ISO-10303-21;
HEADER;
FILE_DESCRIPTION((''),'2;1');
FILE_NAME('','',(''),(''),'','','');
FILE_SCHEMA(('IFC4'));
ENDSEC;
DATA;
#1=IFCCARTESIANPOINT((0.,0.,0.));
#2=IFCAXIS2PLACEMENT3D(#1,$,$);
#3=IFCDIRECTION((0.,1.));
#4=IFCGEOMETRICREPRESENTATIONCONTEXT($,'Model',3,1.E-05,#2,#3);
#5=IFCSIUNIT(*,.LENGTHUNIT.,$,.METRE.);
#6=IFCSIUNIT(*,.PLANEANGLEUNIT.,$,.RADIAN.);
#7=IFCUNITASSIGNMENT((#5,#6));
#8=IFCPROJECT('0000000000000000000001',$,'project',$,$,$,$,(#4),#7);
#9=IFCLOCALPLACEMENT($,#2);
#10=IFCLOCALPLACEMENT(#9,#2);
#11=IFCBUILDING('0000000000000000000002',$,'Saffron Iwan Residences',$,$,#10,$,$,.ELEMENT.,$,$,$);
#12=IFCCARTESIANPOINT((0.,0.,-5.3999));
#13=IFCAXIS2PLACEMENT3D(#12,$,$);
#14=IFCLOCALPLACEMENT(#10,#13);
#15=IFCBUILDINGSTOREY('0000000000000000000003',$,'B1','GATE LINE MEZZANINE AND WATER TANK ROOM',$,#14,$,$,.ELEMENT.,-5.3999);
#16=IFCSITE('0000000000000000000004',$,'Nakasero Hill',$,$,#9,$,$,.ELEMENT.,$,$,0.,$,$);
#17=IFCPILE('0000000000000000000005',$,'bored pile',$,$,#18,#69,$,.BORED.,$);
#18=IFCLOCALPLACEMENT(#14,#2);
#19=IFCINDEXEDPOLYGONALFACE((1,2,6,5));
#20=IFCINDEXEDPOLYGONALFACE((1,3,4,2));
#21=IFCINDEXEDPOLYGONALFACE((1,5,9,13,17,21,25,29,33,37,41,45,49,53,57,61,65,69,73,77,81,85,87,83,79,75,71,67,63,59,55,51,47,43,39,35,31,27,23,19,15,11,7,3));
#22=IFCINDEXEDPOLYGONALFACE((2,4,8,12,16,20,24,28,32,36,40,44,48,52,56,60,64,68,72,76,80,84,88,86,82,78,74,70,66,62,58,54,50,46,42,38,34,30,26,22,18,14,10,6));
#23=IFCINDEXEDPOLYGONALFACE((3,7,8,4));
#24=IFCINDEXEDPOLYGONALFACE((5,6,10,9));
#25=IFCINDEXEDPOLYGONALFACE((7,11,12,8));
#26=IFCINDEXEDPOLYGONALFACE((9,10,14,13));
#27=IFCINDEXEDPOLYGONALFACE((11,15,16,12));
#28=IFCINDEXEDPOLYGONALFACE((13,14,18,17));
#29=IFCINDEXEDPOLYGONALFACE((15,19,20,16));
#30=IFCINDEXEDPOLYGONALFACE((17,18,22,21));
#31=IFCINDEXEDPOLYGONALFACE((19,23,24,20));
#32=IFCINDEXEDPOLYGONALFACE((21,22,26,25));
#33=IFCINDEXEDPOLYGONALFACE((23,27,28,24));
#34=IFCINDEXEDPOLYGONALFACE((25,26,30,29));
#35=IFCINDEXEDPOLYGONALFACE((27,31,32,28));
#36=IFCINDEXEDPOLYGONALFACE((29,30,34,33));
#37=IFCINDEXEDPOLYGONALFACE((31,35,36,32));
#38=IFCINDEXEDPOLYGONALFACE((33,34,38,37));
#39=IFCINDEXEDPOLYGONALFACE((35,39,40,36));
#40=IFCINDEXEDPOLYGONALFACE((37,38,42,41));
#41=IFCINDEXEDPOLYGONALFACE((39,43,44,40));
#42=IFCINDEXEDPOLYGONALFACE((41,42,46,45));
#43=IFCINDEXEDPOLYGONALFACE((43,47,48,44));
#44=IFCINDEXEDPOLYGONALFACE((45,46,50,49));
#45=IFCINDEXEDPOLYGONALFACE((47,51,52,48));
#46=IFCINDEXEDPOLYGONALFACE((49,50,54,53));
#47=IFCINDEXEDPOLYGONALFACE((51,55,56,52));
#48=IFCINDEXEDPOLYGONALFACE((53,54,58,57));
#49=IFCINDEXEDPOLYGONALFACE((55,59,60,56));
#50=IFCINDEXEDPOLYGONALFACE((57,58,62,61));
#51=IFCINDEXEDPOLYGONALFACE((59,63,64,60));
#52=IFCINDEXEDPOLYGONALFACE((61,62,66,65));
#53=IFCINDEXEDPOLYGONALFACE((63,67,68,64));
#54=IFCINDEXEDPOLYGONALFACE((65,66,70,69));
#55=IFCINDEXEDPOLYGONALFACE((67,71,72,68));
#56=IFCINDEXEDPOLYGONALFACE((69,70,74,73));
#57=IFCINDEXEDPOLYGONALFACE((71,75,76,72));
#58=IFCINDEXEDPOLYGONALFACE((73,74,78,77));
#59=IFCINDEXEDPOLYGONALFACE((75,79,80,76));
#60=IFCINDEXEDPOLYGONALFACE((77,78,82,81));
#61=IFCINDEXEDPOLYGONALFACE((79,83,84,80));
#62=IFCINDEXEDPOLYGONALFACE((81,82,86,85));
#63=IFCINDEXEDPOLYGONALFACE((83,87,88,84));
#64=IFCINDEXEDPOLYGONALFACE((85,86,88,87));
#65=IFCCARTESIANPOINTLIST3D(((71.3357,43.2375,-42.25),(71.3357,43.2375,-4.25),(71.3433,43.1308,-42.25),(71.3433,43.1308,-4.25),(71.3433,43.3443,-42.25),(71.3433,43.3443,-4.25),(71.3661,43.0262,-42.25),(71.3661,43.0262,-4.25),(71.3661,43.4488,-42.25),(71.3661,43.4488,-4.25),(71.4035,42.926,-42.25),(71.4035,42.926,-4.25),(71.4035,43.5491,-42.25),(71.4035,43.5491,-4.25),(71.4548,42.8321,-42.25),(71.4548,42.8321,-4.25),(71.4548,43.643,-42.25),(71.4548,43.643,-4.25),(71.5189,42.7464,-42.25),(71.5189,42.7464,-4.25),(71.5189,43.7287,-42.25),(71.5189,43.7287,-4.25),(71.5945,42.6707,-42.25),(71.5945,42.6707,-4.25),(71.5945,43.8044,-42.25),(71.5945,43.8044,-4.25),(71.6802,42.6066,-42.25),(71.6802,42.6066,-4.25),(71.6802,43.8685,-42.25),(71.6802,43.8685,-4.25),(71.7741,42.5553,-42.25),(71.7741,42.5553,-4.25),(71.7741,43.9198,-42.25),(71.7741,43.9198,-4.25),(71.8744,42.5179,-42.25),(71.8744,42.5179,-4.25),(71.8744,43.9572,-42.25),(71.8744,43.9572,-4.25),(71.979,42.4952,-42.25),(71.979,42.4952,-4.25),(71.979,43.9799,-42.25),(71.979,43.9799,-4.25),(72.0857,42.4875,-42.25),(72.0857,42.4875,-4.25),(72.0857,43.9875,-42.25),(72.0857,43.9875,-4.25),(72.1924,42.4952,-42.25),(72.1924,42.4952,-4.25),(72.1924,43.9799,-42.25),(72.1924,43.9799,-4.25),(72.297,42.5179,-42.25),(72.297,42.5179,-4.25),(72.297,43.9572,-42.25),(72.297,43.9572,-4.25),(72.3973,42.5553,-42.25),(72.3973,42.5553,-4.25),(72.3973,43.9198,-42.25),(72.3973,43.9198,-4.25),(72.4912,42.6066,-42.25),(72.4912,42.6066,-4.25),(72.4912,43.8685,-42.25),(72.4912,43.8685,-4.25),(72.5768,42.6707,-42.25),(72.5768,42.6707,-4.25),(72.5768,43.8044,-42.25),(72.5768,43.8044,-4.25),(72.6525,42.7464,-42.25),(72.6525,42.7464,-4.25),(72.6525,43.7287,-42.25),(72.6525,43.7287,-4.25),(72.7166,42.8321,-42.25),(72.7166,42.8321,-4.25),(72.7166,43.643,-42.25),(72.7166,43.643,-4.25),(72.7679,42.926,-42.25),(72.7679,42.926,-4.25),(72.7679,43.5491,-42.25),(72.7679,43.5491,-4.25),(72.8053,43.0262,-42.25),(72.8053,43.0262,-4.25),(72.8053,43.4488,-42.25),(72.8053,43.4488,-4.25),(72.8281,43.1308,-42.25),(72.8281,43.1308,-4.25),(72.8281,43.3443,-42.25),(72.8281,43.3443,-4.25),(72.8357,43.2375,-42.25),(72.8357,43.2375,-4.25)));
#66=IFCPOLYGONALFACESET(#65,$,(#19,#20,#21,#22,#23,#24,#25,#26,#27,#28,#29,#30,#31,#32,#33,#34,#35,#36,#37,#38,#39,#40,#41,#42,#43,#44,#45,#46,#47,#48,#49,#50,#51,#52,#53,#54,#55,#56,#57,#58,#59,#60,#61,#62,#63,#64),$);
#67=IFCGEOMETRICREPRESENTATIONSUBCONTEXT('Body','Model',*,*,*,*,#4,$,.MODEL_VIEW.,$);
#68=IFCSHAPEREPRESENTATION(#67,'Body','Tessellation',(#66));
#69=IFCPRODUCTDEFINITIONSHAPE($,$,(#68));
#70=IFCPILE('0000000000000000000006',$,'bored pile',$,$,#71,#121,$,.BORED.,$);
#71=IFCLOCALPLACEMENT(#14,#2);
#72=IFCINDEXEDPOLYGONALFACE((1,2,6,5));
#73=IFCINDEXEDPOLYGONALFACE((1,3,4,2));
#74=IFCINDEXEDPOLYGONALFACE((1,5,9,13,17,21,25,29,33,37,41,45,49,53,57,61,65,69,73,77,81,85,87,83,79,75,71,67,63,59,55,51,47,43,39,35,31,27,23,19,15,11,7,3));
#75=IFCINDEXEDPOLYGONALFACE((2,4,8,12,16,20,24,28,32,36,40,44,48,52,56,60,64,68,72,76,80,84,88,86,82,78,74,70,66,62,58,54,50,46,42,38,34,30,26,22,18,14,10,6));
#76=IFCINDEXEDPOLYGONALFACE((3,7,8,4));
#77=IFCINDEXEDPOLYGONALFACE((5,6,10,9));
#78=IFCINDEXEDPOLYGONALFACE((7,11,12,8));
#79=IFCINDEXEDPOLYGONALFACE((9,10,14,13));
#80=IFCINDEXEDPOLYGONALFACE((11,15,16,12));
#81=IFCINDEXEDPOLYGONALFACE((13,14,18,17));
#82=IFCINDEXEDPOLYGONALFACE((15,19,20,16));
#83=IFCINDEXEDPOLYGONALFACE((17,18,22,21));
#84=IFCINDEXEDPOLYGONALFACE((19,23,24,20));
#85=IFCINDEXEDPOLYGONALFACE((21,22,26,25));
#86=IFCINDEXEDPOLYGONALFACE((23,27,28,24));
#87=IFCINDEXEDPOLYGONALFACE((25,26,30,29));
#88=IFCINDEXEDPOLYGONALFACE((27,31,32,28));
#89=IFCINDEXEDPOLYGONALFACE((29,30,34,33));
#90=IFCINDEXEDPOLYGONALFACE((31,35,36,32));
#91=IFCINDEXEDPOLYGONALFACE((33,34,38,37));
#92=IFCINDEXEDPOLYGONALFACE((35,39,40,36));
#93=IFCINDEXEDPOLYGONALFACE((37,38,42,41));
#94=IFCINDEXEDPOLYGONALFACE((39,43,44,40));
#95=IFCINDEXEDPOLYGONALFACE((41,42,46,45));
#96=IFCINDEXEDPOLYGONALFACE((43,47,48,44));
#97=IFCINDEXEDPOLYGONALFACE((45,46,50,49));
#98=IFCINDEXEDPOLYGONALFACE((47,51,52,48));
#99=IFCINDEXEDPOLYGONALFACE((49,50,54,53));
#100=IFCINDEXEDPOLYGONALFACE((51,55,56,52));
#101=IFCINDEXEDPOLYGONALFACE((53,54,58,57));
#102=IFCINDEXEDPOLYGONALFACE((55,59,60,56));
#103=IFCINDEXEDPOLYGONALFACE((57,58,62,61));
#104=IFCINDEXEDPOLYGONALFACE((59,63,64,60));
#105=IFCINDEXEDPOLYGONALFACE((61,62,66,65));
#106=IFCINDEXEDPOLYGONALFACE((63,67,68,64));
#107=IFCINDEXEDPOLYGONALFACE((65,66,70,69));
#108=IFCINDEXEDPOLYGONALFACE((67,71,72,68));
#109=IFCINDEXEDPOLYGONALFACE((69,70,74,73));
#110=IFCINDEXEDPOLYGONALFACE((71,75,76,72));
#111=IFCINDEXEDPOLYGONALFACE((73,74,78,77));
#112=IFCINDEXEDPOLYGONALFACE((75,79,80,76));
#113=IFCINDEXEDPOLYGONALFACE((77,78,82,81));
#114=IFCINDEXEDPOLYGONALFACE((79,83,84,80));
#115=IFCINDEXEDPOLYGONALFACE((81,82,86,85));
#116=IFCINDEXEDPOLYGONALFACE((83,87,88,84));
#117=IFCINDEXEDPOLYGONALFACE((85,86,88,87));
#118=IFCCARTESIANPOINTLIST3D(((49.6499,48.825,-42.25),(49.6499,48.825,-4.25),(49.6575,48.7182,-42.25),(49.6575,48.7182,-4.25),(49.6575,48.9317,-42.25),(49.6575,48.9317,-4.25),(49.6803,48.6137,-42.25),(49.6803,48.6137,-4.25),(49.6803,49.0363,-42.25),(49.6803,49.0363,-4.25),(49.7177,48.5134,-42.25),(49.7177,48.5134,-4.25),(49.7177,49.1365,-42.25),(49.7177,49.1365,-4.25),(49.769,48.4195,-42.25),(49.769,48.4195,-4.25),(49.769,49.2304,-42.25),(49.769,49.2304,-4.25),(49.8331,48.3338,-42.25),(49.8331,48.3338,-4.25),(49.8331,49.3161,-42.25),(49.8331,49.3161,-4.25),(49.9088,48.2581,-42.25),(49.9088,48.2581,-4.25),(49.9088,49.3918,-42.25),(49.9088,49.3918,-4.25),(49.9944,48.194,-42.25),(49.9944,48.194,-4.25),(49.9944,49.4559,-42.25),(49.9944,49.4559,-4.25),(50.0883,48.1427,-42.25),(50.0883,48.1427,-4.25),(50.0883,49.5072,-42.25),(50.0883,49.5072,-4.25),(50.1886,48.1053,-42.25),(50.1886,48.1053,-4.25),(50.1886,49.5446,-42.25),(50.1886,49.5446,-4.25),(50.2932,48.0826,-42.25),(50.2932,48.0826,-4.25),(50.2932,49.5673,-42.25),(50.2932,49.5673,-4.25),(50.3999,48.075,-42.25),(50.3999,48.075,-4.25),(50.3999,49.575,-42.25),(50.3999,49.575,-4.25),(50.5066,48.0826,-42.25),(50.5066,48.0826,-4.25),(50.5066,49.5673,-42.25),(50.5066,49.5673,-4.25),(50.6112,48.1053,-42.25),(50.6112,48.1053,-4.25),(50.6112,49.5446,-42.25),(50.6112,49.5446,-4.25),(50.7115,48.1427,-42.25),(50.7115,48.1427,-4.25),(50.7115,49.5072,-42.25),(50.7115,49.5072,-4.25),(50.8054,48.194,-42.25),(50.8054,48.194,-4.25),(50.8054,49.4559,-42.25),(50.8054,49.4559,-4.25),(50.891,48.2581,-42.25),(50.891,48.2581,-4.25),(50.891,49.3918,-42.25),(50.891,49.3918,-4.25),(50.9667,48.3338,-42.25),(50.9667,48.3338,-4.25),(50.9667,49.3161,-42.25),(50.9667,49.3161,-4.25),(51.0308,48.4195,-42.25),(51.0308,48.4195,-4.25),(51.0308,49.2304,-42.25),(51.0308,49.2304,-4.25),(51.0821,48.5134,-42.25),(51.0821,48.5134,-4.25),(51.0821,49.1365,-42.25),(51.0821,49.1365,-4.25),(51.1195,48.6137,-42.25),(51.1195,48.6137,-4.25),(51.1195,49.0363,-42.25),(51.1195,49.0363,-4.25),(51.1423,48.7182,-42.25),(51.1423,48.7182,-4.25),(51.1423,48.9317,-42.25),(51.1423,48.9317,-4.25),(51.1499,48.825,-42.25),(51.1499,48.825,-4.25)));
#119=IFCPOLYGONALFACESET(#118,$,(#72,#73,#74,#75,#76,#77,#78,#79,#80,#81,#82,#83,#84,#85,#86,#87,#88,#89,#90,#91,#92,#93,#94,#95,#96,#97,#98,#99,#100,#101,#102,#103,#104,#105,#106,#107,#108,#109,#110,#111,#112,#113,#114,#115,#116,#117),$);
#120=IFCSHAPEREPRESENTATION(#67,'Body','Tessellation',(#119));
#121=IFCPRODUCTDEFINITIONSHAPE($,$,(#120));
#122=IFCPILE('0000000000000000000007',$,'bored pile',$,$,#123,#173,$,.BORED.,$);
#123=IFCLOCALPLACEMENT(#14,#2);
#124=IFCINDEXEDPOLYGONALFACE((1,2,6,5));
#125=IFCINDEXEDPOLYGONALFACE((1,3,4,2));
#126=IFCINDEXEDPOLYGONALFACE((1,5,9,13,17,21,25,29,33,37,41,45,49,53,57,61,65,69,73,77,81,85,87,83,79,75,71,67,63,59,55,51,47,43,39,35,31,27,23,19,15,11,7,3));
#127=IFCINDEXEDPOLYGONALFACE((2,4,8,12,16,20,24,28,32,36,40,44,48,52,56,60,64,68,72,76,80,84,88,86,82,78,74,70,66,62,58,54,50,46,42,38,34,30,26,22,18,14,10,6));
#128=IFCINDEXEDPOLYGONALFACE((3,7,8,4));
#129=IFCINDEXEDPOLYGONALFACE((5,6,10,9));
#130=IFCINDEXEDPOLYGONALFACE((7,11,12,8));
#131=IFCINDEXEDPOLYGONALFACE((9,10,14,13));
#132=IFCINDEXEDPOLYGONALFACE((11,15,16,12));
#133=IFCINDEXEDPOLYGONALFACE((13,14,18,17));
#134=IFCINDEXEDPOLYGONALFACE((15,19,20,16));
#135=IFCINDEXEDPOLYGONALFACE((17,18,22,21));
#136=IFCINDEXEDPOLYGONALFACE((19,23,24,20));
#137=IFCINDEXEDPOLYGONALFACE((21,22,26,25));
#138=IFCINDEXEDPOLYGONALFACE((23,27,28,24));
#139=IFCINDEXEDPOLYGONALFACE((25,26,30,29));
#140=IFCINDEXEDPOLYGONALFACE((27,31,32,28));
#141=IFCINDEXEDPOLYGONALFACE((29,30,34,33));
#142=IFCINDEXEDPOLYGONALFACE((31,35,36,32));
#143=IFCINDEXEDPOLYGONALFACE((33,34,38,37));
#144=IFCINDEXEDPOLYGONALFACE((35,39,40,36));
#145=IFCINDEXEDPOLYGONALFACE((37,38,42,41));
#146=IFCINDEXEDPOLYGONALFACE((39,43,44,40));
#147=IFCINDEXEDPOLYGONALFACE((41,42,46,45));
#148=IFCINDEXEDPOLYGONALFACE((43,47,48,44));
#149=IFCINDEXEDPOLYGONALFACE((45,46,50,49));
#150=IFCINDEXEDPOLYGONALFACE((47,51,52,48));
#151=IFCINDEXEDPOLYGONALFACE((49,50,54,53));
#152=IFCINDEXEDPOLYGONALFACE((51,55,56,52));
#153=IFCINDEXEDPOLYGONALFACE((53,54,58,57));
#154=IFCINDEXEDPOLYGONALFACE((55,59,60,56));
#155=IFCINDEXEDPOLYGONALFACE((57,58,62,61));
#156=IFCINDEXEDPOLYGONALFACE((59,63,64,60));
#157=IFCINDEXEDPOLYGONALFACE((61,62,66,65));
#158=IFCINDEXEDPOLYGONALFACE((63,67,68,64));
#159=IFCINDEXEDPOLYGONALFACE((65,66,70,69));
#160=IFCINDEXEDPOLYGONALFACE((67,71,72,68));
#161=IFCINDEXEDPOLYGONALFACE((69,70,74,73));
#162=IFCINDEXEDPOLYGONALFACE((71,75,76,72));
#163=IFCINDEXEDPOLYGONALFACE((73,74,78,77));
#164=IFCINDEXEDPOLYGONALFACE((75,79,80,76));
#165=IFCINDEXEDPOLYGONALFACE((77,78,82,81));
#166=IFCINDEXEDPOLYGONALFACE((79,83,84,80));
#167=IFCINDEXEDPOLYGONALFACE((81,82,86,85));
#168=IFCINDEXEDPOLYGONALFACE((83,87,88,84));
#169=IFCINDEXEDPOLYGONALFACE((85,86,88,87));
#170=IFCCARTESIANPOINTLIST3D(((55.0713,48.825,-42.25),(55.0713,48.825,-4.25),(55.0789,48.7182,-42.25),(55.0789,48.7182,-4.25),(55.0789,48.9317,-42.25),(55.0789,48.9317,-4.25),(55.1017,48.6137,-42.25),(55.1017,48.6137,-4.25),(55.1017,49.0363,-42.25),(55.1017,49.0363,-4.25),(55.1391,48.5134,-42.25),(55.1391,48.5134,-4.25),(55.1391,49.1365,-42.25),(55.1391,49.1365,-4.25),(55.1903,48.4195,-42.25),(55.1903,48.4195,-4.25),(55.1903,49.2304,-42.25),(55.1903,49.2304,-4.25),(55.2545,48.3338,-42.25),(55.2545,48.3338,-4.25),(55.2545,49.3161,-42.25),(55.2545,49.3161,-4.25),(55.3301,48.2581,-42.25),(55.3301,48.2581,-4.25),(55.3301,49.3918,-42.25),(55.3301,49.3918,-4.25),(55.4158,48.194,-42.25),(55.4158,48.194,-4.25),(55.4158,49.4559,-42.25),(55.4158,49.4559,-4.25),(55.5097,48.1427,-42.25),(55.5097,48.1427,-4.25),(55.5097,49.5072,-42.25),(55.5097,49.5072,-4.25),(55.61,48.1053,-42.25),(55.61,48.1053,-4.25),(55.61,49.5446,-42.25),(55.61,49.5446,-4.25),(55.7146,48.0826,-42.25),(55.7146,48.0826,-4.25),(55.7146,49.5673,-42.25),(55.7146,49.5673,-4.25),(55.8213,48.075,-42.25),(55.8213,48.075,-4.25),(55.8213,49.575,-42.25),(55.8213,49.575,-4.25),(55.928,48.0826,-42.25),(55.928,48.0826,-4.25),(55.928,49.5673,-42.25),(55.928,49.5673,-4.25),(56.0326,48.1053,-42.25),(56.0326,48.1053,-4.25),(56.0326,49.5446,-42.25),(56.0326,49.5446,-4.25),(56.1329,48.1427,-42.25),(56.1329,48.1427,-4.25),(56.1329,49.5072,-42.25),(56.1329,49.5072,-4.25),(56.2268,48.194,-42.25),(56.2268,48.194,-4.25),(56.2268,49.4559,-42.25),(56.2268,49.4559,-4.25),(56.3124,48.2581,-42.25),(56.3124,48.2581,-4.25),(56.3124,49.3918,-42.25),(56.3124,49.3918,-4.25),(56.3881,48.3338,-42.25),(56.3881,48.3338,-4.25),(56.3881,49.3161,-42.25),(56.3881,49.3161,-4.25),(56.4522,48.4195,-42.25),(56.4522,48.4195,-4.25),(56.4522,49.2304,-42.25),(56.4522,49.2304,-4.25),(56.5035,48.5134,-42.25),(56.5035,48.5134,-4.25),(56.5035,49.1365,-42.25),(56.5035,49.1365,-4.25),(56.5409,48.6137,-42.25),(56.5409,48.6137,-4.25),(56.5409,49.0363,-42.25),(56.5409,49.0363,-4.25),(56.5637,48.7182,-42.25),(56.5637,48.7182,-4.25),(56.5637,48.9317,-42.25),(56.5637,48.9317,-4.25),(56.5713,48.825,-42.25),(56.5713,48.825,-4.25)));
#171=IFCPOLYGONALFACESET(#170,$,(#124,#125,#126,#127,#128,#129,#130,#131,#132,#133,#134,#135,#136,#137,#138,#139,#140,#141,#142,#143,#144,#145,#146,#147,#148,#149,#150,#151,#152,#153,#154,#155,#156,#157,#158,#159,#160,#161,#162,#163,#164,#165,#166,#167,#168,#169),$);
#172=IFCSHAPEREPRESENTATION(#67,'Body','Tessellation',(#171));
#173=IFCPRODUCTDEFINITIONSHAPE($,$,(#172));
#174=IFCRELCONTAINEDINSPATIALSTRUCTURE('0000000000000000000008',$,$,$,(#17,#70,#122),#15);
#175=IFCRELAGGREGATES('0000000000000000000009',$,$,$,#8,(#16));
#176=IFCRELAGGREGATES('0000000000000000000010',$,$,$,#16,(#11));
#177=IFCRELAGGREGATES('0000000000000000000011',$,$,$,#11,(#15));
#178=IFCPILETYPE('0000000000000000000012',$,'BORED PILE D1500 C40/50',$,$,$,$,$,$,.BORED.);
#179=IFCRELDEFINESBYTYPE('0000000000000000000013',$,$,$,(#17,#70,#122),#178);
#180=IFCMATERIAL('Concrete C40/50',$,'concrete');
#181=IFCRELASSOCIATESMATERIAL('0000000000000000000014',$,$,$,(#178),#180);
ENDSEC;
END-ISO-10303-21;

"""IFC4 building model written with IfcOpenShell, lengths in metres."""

from ifc_helpers import new_model, si_unit, direction, frame, origin, origin_2d, place, context, subcontext, project, spatial, circle, extrude, material, material_profile, profile_set, type_object, element, save


model = new_model("IFC4")

# Units and contexts
model_context = context("Model", 3, precision=1e-05, world=origin(), true_north=direction((0.0, 1.0)))
body_context = subcontext(model_context, "Body", "Model", "MODEL_VIEW")
ifc_project = project(units=[si_unit("LENGTHUNIT", "METRE"), si_unit("PLANEANGLEUNIT", "RADIAN")], contexts=[model_context])

# Site, building, storey
site_placement = place(None, origin())
site = spatial("IfcSite", under=ifc_project, at=site_placement, Name="Nakasero Hill", CompositionType="ELEMENT", RefElevation=0.0)
building_placement = place(site_placement, origin())
building = spatial("IfcBuilding", under=site, at=building_placement, Name="Saffron Iwan Residences", CompositionType="ELEMENT")
storey_placement = place(building_placement, frame((0.0, 0.0, -5.3999)))
storey = spatial("IfcBuildingStorey", under=building, at=storey_placement, Name="B1", Description="GATE LINE MEZZANINE AND WATER TANK ROOM", CompositionType="ELEMENT", Elevation=-5.3999)

# Piles
ifc_material_1 = material(Name="Concrete C40/50", Category="concrete")
ifc_material_profile_1 = material_profile(ifc_material_1, circle(Radius=0.75, at=origin_2d()), Name="RC D1500")
ifc_profile_set_1 = profile_set([ifc_material_profile_1], Name="Concrete C40/50")
pile_type = type_object("IfcPileType", Name="BORED PILE D1500 C40/50", PredefinedType="BORED", material=ifc_profile_set_1)
for number, where, z_axis, x_axis, name in (
    (1, (72.0857, 43.2375, -4.25), (0.0, 0.0, -1.0), (1.0, 0.0, 0.0), "bored pile"),
    (2, (50.3999, 48.825, -4.25), (0.0, 0.0, -1.0), (1.0, 0.0, 0.0), "bored pile"),
    (3, (55.8213, 48.825, -4.25), (0.0, 0.0, -1.0), (1.0, 0.0, 0.0), "bored pile"),
):
    element("IfcPile", number, at=place(storey_placement, frame(where, z_axis=z_axis, x_axis=x_axis)), inside=storey, type_object=pile_type, Name=name, PredefinedType="BORED", context=body_context, shape_type="SweptSolid", body=[
        extrude(circle(Radius=0.75, at=origin_2d()), origin(), (0.0, 0.0, 1.0), 38.0),
    ])

save(model, "model.ifc")
